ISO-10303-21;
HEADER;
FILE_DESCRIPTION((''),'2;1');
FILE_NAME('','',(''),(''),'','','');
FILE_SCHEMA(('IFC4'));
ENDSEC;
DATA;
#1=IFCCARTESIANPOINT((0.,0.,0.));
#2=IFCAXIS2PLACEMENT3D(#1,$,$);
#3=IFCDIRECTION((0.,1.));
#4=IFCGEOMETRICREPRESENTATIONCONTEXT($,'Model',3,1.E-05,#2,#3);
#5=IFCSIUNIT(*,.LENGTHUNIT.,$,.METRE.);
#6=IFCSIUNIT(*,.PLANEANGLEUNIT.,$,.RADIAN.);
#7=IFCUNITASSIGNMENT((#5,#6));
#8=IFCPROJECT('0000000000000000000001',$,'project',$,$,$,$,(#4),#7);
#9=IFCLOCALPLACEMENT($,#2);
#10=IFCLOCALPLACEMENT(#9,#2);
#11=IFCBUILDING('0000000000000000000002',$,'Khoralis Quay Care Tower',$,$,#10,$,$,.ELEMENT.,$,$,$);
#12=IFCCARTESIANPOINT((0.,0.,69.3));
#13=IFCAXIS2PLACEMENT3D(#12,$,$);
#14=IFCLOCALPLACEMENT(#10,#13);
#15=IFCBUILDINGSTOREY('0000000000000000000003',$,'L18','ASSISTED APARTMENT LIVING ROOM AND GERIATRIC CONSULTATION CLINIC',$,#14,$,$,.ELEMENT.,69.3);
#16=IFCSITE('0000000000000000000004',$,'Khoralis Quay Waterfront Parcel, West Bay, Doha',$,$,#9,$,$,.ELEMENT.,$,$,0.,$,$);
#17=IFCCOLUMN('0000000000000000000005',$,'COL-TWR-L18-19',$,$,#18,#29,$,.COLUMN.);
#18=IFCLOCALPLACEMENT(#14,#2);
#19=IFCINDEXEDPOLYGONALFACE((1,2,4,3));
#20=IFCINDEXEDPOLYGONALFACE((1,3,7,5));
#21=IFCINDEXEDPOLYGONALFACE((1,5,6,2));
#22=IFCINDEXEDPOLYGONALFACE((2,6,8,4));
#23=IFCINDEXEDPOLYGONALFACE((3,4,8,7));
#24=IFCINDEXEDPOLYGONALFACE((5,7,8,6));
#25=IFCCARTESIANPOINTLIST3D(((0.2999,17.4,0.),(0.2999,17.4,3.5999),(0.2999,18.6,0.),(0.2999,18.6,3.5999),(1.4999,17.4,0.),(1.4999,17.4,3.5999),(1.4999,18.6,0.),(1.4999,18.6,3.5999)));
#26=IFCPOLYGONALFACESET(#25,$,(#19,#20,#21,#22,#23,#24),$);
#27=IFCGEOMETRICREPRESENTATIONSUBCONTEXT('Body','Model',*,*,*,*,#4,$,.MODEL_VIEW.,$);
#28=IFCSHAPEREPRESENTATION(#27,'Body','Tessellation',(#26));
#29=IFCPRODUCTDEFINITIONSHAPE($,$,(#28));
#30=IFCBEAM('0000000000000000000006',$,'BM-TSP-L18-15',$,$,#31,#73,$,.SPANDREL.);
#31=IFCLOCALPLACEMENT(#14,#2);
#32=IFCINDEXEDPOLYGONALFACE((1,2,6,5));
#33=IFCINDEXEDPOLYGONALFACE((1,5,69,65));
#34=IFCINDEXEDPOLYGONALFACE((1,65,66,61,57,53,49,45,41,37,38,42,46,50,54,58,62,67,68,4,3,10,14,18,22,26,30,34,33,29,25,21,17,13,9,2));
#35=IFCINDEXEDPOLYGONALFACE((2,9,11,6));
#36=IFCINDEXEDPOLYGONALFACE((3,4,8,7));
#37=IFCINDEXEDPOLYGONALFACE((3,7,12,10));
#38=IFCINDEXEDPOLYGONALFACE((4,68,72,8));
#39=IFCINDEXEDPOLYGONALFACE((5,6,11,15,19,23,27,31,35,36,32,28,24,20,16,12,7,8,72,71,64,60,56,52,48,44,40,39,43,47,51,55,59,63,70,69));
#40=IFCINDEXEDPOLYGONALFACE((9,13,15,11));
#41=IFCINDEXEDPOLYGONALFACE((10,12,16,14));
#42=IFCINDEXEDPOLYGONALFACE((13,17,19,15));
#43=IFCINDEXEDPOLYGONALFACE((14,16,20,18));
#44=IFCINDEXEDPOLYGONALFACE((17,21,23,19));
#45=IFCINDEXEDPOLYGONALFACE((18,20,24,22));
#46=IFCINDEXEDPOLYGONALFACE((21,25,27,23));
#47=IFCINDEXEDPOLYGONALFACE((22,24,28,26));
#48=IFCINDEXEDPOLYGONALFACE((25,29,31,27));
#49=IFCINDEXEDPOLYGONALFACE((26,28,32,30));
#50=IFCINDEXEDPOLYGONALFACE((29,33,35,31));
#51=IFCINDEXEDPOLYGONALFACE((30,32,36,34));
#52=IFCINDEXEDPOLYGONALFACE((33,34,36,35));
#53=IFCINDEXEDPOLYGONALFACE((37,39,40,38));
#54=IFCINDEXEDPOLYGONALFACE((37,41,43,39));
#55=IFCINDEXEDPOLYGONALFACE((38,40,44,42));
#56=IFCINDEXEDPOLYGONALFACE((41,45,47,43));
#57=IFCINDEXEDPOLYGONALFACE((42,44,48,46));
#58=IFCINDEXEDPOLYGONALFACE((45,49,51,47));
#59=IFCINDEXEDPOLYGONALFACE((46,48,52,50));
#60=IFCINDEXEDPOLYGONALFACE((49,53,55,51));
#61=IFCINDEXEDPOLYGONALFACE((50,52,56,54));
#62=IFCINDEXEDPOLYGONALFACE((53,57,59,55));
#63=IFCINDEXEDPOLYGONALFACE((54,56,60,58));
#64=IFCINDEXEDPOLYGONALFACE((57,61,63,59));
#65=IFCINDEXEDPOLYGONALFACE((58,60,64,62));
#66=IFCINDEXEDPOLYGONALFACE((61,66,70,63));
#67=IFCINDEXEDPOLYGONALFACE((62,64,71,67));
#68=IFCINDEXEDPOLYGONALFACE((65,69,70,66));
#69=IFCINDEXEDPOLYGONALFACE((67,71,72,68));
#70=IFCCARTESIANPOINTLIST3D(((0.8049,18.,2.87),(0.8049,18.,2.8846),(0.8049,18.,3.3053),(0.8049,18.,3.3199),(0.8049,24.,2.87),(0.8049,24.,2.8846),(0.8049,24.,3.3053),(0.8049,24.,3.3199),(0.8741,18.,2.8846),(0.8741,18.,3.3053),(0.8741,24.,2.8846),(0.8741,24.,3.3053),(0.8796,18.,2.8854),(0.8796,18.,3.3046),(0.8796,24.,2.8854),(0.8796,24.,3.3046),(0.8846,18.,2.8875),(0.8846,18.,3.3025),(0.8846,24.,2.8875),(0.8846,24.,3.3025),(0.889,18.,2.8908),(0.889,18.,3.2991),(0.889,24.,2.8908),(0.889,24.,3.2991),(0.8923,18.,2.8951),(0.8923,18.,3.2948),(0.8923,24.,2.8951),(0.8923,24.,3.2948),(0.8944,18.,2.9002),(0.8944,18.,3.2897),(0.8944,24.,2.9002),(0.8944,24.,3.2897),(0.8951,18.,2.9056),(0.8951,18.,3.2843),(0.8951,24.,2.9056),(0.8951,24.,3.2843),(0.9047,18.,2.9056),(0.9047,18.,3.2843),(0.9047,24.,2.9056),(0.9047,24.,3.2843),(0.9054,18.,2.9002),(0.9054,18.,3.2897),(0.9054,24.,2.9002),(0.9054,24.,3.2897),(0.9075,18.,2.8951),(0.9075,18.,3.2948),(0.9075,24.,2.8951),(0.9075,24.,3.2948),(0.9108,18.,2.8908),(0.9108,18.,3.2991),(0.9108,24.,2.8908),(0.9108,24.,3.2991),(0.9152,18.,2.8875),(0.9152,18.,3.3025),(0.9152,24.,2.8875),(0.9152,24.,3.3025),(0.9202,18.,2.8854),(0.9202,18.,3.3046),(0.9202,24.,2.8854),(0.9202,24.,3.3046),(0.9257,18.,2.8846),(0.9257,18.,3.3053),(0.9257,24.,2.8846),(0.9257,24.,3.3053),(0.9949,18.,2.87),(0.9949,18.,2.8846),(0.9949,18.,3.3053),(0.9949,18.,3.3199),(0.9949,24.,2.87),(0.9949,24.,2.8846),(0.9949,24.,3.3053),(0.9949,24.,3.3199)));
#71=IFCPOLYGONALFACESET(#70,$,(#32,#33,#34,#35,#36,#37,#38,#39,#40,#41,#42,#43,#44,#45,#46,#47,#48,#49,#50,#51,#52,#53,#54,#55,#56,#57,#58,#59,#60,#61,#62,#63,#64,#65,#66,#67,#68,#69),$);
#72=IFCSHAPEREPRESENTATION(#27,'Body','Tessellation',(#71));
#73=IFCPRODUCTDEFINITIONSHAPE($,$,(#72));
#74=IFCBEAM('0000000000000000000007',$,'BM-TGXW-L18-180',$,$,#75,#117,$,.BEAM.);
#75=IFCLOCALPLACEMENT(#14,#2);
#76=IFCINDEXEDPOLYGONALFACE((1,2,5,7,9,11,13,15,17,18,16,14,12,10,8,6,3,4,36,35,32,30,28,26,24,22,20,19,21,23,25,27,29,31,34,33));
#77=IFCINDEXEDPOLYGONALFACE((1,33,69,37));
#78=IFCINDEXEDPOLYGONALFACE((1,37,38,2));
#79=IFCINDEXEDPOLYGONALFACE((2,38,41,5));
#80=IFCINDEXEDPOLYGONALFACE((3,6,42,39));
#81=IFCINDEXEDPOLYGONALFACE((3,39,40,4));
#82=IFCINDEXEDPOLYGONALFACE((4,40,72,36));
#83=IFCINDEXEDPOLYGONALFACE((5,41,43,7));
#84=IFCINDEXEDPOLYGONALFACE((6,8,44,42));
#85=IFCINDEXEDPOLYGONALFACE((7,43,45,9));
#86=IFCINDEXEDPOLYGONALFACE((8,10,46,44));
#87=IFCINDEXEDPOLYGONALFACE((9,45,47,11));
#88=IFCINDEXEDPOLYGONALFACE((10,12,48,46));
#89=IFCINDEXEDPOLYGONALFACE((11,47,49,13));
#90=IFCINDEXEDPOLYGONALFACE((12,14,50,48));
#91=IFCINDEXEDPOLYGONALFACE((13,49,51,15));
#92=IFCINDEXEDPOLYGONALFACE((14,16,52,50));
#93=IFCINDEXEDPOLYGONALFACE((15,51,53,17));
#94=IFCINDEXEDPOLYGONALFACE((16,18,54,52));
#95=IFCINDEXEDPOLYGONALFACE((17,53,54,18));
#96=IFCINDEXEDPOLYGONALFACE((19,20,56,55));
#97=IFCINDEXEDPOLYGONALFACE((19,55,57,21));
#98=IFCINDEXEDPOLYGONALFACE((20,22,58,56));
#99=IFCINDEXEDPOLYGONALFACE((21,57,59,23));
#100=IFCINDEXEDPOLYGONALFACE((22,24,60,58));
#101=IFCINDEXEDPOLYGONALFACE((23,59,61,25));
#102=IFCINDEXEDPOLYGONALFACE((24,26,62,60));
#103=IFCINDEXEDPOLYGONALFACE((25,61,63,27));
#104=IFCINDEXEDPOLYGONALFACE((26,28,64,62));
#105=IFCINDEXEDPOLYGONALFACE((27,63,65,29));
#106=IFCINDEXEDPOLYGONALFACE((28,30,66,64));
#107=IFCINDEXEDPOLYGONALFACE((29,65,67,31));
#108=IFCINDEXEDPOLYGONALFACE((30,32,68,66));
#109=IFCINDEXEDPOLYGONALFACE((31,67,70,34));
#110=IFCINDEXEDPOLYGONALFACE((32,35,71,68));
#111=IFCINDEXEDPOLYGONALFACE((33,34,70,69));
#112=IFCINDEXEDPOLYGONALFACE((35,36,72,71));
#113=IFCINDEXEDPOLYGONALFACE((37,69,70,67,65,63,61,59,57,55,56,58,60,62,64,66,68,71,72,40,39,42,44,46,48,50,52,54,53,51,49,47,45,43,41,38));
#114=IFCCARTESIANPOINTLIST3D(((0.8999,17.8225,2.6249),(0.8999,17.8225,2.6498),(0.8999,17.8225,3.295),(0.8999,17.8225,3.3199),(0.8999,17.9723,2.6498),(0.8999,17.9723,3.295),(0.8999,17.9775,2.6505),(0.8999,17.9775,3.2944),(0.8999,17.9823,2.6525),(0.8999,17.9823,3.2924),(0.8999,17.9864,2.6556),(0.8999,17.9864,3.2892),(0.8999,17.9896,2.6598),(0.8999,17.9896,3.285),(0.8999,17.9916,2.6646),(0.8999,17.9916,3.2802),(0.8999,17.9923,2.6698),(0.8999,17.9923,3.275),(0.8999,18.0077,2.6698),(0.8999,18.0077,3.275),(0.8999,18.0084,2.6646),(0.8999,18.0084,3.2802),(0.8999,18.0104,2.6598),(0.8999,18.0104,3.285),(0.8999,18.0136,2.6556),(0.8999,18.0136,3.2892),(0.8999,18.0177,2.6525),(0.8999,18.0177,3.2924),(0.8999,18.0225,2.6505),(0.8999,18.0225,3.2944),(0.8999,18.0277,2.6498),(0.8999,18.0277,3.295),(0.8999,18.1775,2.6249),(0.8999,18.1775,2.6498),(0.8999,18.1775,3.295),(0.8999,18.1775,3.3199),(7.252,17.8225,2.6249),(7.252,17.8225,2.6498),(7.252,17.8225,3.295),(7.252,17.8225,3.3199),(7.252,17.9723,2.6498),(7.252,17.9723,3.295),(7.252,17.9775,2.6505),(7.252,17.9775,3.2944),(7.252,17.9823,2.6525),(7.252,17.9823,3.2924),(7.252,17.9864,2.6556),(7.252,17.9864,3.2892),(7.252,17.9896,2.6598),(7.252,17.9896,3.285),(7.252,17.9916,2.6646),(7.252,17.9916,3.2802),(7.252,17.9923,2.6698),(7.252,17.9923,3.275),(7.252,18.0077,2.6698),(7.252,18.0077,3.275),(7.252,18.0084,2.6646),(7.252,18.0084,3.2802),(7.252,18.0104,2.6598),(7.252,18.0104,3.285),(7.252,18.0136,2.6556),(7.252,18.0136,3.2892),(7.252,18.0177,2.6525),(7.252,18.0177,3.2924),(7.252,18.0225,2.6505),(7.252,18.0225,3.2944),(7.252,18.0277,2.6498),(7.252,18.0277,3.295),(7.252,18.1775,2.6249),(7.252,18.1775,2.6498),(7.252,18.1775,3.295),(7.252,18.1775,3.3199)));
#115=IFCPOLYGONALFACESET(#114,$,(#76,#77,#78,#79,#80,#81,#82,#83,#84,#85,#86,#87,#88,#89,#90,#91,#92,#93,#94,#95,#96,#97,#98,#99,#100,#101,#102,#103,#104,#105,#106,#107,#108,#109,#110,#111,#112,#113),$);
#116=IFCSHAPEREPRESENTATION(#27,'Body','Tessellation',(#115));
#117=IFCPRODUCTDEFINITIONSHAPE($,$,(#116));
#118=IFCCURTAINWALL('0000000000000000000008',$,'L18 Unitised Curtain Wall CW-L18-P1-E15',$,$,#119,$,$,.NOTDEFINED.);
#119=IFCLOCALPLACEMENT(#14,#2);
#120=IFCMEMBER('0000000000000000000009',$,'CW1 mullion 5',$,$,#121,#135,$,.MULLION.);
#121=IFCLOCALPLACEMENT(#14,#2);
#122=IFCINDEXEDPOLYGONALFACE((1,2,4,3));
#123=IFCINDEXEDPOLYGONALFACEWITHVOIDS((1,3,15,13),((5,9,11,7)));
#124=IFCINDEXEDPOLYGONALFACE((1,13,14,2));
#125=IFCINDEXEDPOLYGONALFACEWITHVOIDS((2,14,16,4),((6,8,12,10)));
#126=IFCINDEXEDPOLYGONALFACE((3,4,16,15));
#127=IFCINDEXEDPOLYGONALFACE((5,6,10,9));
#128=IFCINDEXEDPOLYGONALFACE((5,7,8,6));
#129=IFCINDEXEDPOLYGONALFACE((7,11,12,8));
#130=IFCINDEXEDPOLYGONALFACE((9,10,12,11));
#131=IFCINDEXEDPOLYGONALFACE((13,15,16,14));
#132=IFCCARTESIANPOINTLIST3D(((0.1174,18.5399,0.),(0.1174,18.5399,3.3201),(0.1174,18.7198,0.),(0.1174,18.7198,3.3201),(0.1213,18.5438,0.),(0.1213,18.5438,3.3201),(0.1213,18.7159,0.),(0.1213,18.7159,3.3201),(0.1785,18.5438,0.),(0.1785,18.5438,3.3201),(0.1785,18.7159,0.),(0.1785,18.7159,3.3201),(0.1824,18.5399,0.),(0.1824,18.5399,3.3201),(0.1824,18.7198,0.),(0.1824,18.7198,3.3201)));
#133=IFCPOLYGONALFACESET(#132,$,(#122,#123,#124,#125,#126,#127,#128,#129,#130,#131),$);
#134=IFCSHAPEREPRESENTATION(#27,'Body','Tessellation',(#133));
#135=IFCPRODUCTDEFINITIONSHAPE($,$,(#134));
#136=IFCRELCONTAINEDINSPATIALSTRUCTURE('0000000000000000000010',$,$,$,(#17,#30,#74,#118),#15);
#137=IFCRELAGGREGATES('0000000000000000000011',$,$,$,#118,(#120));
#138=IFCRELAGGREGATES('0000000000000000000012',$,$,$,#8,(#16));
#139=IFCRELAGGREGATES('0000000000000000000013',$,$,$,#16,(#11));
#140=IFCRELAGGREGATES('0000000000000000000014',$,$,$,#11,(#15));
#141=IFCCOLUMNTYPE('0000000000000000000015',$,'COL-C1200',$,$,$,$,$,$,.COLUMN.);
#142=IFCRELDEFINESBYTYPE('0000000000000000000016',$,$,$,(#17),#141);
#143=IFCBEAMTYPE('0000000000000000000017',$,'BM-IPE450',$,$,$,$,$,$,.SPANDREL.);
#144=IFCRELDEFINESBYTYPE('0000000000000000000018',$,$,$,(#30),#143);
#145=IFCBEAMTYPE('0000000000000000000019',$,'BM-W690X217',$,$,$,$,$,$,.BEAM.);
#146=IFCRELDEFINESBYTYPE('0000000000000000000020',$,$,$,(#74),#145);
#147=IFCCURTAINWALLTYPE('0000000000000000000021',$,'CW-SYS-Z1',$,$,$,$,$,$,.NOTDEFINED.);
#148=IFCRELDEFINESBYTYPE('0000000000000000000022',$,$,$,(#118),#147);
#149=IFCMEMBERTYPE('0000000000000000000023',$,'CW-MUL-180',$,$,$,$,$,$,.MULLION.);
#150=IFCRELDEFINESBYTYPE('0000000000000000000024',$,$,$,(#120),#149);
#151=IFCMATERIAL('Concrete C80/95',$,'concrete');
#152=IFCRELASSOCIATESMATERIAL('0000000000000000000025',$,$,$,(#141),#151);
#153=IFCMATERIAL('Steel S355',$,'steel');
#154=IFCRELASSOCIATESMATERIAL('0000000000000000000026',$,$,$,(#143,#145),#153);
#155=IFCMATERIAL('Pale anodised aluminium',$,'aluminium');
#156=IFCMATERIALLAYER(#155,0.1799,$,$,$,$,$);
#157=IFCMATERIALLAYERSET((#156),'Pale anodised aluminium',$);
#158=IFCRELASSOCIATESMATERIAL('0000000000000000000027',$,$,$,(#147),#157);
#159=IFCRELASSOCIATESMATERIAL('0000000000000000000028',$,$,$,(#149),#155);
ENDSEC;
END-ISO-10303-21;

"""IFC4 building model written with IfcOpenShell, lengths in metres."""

from ifc_helpers import new_model, si_unit, direction, frame, origin, origin_2d, place, context, subcontext, project, spatial, rectangle, hollow_rectangle, i_section, extrude, source, transform, mapped, material, layer, layer_set, material_profile, profile_set, type_object, element, aggregate, save


model = new_model("IFC4")

# Units and contexts
model_context = context("Model", 3, precision=1e-05, world=origin(), true_north=direction((0.0, 1.0)))
body_context = subcontext(model_context, "Body", "Model", "MODEL_VIEW")
ifc_project = project(units=[si_unit("LENGTHUNIT", "METRE"), si_unit("PLANEANGLEUNIT", "RADIAN")], contexts=[model_context])

# Site, building, storey
site_placement = place(None, origin())
site = spatial("IfcSite", under=ifc_project, at=site_placement, Name="Khoralis Quay Waterfront Parcel, West Bay, Doha", CompositionType="ELEMENT", RefElevation=0.0)
building_placement = place(site_placement, origin())
building = spatial("IfcBuilding", under=site, at=building_placement, Name="Khoralis Quay Care Tower", CompositionType="ELEMENT")
storey_placement = place(building_placement, frame((0.0, 0.0, 69.3)))
storey = spatial("IfcBuildingStorey", under=building, at=storey_placement, Name="L18", Description="ASSISTED APARTMENT LIVING ROOM AND GERIATRIC CONSULTATION CLINIC", CompositionType="ELEMENT", Elevation=69.3)

# Column
ifc_material_1 = material(Name="Concrete C80/95", Category="concrete")
ifc_material_profile_1 = material_profile(ifc_material_1, rectangle(XDim=1.2, YDim=1.2, at=origin_2d()), Name="Concrete C80/95")
ifc_profile_set_1 = profile_set([ifc_material_profile_1], Name="Concrete C80/95")
column_type = type_object("IfcColumnType", Name="COL-C1200", PredefinedType="COLUMN", material=ifc_profile_set_1)
shared_shape_1 = source(origin(), body_context, "Body", "SweptSolid", [
    extrude(rectangle(XDim=1.2, YDim=1.2, at=origin_2d()), origin(), (0.0, 0.0, 1.0), 3.5999),
])
column_placement = place(storey_placement, frame((0.8999, 18.0, 0.0), z_axis=(0.0, 0.0, 1.0), x_axis=(1.0, 0.0, 0.0)))
element("IfcColumn", 1, at=column_placement, inside=storey, type_object=column_type, Name="COL-TWR-L18-19", PredefinedType="COLUMN", context=body_context, shape_type="MappedRepresentation", body=[
    mapped(shared_shape_1, transform((0.0, 0.0, 0.0), scale=1.0)),
])

# Beams
ifc_material_2 = material(Name="Steel S355", Category="steel")
ifc_material_profile_2 = material_profile(ifc_material_2, i_section(OverallWidth=0.1899, OverallDepth=0.45, WebThickness=0.0095, FlangeThickness=0.0146, FilletRadius=0.021, at=origin_2d()), Name="Steel S355")
ifc_profile_set_2 = profile_set([ifc_material_profile_2], Name="Steel S355")
beam_type_1 = type_object("IfcBeamType", Name="BM-IPE450", PredefinedType="SPANDREL", material=ifc_profile_set_2)
shared_shape_2 = source(origin(), body_context, "Body", "SweptSolid", [
    extrude(i_section(OverallWidth=0.1899, OverallDepth=0.45, WebThickness=0.0095, FlangeThickness=0.0146, FilletRadius=0.021, at=origin_2d()), origin(), (0.0, 0.0, 1.0), 6.0),
])
beam_1_placement = place(storey_placement, frame((0.8999, 18.0, 3.095), z_axis=(0.0, 1.0, 0.0), x_axis=(-1.0, 0.0, 0.0)))
element("IfcBeam", 2, at=beam_1_placement, inside=storey, type_object=beam_type_1, Name="BM-TSP-L18-15", PredefinedType="SPANDREL", context=body_context, shape_type="MappedRepresentation", body=[
    mapped(shared_shape_2, transform((0.0, 0.0, 0.0), scale=1.0)),
])
ifc_material_profile_3 = material_profile(ifc_material_2, i_section(OverallWidth=0.355, OverallDepth=0.6951, WebThickness=0.0154, FlangeThickness=0.0249, FilletRadius=0.02, at=origin_2d()), Name="Steel S355")
ifc_profile_set_3 = profile_set([ifc_material_profile_3], Name="Steel S355")
beam_type_2 = type_object("IfcBeamType", Name="BM-W690X217", PredefinedType="BEAM", material=ifc_profile_set_3)
shared_shape_3 = source(origin(), body_context, "Body", "SweptSolid", [
    extrude(i_section(OverallWidth=0.355, OverallDepth=0.6951, WebThickness=0.0154, FlangeThickness=0.0249, FilletRadius=0.02, at=origin_2d()), origin(), (0.0, 0.0, 1.0), 6.3521),
])
beam_2_placement = place(storey_placement, frame((0.8999, 18.0, 2.9724), z_axis=(1.0, 0.0, 0.0), x_axis=(0.0, 1.0, 0.0)))
element("IfcBeam", 3, at=beam_2_placement, inside=storey, type_object=beam_type_2, Name="BM-TGXW-L18-180", PredefinedType="BEAM", context=body_context, shape_type="MappedRepresentation", body=[
    mapped(shared_shape_3, transform((0.0, 0.0, 0.0), scale=1.0)),
])

# Curtain wall, member
ifc_material_3 = material(Name="Pale anodised aluminium", Category="aluminium")
ifc_layer_1 = layer(ifc_material_3, 0.1799)
ifc_layer_set_1 = layer_set([ifc_layer_1], Name="Pale anodised aluminium")
curtain_wall_type = type_object("IfcCurtainWallType", Name="CW-SYS-Z1", PredefinedType="NOTDEFINED", material=ifc_layer_set_1)
curtain_wall_placement = place(storey_placement, origin())
curtain_wall = element("IfcCurtainWall", 4, at=curtain_wall_placement, inside=storey, type_object=curtain_wall_type, Name="L18 Unitised Curtain Wall CW-L18-P1-E15", PredefinedType="NOTDEFINED")
ifc_material_profile_4 = material_profile(ifc_material_3, hollow_rectangle(XDim=0.0649, YDim=0.1799, WallThickness=0.0039, at=origin_2d()), Name="Pale anodised aluminium")
ifc_profile_set_4 = profile_set([ifc_material_profile_4], Name="Pale anodised aluminium")
member_type = type_object("IfcMemberType", Name="CW-MUL-180", PredefinedType="MULLION", material=ifc_profile_set_4)
shared_shape_4 = source(origin(), body_context, "Body", "SweptSolid", [
    extrude(hollow_rectangle(XDim=0.0649, YDim=0.1799, WallThickness=0.0039, at=origin_2d()), origin(), (0.0, 0.0, 1.0), 3.3201),
])
member_placement = place(storey_placement, frame((0.1499, 18.6299, 0.0), z_axis=(0.0, 0.0, 1.0), x_axis=(1.0, 0.0, 0.0)))
member = element("IfcMember", 5, at=member_placement, type_object=member_type, Name="CW1 mullion 5", PredefinedType="MULLION", context=body_context, shape_type="MappedRepresentation", body=[
    mapped(shared_shape_4, transform((0.0, 0.0, 0.0), scale=1.0)),
])
aggregate(curtain_wall, [member])

save(model, "model.ifc")
